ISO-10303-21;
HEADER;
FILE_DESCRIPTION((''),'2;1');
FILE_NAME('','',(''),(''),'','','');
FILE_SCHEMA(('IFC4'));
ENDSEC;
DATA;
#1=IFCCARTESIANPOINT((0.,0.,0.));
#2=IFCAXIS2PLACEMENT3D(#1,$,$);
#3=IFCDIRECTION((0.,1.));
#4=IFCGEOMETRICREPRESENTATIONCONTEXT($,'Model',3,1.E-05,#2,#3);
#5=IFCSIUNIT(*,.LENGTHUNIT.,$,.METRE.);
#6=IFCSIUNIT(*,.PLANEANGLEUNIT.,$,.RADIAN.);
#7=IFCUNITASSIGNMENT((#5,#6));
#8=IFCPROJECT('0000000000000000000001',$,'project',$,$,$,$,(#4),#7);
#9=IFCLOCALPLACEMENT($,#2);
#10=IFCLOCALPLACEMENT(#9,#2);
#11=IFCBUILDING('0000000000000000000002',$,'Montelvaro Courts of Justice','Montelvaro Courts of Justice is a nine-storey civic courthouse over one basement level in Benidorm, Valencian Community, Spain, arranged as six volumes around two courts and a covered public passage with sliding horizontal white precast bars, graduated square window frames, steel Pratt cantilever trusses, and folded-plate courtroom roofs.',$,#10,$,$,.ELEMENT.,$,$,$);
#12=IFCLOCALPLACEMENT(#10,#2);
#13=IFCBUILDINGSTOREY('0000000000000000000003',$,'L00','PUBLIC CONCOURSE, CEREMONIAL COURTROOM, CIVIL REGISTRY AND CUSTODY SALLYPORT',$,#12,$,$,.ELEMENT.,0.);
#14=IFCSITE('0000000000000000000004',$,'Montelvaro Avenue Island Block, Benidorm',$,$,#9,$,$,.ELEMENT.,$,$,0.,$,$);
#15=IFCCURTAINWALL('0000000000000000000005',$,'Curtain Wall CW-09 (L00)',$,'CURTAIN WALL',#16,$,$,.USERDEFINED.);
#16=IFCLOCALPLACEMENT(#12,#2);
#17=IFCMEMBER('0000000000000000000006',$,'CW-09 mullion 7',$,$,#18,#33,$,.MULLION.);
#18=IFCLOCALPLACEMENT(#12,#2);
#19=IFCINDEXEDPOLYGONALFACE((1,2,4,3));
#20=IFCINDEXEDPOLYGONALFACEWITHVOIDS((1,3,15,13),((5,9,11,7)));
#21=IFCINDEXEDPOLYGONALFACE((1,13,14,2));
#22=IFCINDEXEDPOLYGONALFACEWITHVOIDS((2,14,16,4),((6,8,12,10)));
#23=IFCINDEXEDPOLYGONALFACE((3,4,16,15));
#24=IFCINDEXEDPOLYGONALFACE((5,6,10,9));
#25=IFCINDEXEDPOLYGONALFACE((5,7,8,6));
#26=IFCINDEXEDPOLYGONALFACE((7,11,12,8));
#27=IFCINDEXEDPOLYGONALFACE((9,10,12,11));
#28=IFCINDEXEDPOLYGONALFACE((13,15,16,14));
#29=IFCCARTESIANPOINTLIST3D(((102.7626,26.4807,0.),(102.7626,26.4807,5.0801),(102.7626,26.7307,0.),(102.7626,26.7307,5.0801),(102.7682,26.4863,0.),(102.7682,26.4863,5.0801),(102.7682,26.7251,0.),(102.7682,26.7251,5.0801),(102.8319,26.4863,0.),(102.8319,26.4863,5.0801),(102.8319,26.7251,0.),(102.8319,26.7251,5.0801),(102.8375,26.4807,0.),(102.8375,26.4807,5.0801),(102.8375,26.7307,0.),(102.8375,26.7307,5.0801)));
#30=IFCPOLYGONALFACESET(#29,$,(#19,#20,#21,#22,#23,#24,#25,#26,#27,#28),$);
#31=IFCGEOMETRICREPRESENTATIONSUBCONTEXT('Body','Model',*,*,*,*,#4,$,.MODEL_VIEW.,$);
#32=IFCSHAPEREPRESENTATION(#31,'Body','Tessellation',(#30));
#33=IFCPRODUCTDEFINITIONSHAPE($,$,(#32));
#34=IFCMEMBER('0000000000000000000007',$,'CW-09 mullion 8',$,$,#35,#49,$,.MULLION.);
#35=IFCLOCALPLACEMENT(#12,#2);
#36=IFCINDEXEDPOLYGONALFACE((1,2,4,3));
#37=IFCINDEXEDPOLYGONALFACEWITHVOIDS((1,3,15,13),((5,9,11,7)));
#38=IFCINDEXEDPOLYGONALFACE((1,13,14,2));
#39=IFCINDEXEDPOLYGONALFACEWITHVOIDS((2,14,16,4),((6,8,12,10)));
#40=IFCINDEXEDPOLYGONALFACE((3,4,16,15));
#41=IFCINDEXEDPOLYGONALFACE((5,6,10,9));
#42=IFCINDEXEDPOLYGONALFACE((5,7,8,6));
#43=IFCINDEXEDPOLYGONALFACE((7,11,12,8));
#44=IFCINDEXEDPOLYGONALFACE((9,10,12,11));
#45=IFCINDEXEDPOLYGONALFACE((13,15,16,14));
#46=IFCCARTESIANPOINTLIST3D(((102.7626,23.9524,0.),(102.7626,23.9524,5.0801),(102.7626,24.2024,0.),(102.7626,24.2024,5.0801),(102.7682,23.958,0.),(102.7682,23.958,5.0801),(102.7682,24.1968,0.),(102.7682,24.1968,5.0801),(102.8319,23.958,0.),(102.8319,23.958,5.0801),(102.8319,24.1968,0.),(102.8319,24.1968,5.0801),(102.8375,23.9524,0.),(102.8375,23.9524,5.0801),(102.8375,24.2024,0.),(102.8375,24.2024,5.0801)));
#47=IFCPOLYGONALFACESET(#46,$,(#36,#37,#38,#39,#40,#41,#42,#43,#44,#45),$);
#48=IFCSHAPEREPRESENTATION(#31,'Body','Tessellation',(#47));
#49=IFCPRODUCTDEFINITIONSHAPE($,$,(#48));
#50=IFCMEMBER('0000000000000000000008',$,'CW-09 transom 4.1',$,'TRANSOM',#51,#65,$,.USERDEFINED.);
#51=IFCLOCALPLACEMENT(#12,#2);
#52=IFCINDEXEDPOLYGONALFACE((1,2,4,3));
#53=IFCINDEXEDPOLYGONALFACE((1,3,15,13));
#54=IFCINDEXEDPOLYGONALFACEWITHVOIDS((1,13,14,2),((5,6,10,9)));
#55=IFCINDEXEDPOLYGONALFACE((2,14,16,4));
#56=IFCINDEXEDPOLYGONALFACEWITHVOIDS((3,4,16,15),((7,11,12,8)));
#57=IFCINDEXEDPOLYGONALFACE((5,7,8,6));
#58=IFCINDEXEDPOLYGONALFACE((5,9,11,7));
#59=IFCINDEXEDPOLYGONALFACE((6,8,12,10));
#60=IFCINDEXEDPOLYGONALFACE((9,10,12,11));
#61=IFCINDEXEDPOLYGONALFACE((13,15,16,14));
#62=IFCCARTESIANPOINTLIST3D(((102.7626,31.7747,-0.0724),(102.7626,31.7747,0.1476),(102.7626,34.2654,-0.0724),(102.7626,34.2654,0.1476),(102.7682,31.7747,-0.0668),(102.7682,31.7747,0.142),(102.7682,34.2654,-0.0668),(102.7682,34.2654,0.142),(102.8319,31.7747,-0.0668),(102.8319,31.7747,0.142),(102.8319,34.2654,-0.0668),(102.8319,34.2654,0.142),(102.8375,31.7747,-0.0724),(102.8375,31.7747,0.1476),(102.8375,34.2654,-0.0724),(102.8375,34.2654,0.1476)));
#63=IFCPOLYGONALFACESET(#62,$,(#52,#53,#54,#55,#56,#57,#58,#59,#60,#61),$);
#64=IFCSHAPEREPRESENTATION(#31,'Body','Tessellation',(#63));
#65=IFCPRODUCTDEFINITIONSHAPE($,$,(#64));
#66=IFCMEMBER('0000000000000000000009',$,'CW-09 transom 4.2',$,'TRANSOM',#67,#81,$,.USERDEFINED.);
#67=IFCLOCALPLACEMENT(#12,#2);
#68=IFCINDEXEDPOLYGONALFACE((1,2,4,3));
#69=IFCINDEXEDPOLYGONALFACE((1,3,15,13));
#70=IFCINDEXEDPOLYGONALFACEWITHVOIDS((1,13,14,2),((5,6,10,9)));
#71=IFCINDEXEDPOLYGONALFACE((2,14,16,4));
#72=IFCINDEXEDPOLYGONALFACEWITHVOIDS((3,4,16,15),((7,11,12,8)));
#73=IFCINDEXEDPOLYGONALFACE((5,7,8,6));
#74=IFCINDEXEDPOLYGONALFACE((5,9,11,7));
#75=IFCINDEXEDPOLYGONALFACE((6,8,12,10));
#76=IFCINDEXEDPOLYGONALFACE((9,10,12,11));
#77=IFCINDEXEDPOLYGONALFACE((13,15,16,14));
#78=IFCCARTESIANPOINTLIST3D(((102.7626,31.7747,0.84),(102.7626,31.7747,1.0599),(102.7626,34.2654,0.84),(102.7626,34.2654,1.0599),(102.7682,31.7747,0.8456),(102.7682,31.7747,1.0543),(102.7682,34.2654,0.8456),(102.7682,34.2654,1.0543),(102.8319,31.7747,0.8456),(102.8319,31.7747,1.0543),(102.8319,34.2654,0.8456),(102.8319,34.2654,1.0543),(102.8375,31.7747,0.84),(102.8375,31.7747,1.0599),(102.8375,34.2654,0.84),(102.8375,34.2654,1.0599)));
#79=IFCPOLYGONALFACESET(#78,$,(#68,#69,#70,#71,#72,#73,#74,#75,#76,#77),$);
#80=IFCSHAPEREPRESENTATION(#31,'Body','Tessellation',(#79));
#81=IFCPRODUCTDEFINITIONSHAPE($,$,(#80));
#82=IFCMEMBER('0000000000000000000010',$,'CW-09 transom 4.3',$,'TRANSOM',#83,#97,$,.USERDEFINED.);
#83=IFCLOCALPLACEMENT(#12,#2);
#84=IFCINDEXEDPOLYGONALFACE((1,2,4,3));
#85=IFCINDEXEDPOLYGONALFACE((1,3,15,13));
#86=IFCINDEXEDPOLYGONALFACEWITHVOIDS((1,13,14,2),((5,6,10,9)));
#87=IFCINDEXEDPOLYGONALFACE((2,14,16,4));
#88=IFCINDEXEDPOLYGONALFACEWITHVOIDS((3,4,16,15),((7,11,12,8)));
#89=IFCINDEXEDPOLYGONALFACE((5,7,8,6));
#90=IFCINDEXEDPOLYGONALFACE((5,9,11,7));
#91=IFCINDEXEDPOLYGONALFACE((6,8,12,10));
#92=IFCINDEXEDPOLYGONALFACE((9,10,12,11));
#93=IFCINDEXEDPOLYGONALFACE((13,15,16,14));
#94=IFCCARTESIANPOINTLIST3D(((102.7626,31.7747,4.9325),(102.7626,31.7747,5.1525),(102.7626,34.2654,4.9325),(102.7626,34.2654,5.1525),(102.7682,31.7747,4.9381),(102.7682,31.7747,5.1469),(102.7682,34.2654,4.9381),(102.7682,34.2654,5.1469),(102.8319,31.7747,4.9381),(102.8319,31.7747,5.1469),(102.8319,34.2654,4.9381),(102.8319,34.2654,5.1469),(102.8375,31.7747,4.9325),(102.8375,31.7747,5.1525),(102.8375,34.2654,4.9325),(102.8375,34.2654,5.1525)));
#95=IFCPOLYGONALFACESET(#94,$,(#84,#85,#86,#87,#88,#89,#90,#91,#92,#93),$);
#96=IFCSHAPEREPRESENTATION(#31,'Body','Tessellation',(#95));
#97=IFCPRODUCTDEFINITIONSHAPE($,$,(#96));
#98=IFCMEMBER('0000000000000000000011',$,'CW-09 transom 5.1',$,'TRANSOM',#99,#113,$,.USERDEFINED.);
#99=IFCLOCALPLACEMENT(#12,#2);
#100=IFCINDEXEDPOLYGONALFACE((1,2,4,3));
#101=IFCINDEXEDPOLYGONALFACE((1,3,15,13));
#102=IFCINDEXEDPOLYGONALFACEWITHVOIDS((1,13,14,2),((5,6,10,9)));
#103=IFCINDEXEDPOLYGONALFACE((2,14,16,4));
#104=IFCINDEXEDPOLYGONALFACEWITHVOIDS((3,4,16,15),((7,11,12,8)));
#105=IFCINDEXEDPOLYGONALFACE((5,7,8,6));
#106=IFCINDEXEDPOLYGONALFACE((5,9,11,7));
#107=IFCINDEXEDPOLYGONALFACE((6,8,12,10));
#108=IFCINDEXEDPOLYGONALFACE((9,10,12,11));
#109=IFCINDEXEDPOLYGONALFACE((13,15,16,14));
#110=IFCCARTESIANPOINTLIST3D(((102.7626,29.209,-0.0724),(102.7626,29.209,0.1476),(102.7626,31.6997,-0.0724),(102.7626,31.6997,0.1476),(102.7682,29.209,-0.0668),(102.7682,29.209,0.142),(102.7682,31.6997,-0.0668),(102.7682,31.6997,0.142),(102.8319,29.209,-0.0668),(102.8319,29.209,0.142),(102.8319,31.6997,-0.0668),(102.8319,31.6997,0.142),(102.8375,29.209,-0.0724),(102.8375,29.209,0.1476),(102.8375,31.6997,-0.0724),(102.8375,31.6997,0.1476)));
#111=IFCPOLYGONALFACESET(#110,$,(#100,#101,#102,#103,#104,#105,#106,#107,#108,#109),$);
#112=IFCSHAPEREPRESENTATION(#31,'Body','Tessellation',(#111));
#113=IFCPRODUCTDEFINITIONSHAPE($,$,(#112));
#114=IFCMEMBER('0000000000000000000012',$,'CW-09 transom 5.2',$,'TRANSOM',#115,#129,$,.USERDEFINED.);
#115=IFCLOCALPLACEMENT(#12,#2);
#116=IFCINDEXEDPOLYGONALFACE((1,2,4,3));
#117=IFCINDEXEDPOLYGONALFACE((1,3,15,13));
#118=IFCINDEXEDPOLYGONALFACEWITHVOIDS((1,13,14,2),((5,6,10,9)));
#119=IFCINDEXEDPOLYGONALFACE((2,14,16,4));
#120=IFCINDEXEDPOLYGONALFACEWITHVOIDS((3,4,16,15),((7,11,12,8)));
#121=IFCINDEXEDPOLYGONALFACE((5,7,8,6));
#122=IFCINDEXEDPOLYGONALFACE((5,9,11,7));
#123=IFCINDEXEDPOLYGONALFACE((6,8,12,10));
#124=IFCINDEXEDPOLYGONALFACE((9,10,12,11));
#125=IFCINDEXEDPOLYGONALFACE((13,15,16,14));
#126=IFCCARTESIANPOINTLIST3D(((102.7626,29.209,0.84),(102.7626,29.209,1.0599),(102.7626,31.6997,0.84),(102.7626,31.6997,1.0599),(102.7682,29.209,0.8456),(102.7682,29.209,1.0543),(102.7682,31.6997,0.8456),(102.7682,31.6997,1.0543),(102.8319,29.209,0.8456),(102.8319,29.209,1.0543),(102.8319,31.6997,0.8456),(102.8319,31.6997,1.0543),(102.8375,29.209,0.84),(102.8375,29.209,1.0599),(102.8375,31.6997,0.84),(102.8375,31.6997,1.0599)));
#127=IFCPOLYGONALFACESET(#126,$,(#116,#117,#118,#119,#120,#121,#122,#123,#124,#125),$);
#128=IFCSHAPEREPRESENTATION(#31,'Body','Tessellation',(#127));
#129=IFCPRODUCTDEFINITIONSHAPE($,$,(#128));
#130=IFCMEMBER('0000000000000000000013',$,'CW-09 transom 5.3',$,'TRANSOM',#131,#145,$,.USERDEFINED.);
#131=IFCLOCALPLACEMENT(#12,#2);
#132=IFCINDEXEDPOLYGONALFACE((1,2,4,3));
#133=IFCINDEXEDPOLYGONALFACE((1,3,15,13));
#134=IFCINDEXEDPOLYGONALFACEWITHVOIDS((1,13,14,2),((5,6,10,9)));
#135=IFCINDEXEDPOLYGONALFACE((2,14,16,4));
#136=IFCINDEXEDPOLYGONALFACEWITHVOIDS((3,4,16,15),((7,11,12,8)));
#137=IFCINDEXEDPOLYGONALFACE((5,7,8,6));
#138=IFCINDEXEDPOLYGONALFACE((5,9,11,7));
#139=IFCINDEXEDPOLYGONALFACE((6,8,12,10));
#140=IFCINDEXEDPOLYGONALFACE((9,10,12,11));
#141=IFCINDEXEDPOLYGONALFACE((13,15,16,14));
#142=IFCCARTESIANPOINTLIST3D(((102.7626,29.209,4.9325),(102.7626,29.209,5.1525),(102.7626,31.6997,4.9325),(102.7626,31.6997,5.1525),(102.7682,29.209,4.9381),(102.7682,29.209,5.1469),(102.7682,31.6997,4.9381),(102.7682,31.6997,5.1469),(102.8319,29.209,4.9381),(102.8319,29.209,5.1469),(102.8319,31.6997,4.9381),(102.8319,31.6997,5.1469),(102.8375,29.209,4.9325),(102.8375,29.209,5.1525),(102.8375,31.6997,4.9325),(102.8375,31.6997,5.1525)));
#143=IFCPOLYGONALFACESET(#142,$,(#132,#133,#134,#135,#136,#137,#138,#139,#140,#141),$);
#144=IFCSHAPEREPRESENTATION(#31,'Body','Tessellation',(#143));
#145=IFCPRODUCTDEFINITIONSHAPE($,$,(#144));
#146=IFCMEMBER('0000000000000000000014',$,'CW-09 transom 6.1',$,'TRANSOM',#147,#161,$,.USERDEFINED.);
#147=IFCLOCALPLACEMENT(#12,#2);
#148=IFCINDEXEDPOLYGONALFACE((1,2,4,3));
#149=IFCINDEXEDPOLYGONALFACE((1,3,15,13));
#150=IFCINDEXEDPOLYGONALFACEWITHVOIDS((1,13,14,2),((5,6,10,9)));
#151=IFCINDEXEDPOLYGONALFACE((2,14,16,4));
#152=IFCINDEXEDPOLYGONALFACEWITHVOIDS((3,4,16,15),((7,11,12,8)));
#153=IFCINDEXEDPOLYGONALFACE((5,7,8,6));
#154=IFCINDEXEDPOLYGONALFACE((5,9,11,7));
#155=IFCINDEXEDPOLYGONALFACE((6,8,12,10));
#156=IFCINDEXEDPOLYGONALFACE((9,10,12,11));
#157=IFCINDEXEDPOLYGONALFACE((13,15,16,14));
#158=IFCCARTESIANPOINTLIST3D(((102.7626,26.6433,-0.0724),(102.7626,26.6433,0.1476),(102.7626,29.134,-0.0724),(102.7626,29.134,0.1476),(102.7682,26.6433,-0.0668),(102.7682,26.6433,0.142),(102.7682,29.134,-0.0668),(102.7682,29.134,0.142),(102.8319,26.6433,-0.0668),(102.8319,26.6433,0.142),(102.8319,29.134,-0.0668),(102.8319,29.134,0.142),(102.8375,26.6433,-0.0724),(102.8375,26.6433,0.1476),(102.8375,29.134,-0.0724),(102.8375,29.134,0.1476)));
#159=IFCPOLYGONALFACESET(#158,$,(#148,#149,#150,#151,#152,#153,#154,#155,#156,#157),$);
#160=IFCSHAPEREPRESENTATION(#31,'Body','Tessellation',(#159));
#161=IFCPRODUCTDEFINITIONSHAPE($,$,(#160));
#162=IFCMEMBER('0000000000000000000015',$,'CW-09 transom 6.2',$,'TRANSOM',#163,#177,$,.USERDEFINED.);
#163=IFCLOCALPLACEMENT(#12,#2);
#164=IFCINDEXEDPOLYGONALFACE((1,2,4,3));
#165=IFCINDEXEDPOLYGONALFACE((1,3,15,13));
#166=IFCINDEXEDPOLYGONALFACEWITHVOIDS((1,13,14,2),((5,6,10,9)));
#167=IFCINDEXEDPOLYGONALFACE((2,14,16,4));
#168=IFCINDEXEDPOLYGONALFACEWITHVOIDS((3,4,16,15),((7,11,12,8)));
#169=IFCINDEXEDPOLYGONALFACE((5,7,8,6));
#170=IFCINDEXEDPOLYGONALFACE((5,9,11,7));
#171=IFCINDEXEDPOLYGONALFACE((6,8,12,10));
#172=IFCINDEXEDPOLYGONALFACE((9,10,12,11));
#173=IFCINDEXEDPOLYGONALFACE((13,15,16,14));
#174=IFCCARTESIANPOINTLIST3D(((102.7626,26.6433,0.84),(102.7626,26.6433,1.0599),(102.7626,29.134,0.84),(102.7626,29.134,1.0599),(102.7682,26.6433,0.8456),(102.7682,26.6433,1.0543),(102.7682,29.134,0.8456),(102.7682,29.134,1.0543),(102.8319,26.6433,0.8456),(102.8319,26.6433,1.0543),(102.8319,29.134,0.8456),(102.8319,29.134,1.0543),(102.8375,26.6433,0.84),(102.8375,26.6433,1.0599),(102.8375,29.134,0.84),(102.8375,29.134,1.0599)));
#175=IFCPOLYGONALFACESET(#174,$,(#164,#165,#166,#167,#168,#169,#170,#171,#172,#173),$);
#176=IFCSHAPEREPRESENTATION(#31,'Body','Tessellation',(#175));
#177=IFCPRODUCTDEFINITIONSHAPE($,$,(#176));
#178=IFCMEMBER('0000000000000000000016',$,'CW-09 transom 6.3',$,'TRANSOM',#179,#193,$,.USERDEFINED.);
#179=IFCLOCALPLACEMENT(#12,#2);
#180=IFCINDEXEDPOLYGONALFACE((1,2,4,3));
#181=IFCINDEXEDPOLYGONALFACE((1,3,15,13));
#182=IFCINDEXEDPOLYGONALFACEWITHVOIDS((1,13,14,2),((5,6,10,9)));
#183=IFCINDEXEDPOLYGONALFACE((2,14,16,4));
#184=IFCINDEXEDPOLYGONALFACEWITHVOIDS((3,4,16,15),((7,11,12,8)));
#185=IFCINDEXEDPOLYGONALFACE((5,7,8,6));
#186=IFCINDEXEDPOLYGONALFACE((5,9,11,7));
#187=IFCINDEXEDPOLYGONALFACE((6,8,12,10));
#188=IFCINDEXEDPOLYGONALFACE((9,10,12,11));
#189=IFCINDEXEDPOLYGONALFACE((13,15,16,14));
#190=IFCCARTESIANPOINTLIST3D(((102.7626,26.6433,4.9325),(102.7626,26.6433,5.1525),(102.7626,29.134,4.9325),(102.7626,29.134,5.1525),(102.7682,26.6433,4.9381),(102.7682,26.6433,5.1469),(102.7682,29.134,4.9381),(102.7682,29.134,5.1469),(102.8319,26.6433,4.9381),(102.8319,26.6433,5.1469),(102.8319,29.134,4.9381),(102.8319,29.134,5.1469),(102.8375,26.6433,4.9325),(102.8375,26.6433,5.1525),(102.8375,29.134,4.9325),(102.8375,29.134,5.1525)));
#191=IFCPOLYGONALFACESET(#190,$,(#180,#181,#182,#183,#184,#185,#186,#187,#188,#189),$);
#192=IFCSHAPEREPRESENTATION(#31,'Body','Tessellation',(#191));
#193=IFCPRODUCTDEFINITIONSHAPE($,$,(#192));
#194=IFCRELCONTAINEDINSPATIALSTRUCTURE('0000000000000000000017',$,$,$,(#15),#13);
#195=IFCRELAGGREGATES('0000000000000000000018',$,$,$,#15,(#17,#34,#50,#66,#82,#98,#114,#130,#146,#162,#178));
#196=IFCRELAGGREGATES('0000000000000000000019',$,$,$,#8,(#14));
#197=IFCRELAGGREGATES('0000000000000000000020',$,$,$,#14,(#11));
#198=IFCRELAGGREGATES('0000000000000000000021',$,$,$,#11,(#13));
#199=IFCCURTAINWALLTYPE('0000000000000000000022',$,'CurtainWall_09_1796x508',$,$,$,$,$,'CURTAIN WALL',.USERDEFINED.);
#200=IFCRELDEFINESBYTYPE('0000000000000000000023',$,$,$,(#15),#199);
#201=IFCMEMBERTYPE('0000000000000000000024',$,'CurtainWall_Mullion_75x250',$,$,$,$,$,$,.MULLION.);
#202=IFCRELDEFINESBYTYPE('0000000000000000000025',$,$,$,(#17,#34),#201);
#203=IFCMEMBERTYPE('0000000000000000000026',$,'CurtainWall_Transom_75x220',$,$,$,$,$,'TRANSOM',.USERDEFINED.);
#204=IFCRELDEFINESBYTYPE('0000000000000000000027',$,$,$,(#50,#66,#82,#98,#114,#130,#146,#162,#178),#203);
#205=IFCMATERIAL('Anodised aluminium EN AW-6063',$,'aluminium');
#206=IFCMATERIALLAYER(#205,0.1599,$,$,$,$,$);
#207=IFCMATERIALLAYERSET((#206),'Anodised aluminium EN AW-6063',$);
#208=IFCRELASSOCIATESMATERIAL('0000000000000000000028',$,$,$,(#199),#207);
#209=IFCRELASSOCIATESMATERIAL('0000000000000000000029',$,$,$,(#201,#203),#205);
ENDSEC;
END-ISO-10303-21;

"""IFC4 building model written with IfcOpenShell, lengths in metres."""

from ifc_helpers import new_model, si_unit, direction, frame, origin, origin_2d, place, context, subcontext, project, spatial, hollow_rectangle, extrude, material, layer, layer_set, material_profile, profile_set, type_object, element, aggregate, save


model = new_model("IFC4")

# Units and contexts
model_context = context("Model", 3, precision=1e-05, world=origin(), true_north=direction((0.0, 1.0)))
body_context = subcontext(model_context, "Body", "Model", "MODEL_VIEW")
ifc_project = project(units=[si_unit("LENGTHUNIT", "METRE"), si_unit("PLANEANGLEUNIT", "RADIAN")], contexts=[model_context])

# Site, building, storey
site_placement = place(None, origin())
site = spatial("IfcSite", under=ifc_project, at=site_placement, Name="Montelvaro Avenue Island Block, Benidorm", CompositionType="ELEMENT", RefElevation=0.0)
building_placement = place(site_placement, origin())
building = spatial("IfcBuilding", under=site, at=building_placement, Name="Montelvaro Courts of Justice", Description="Montelvaro Courts of Justice is a nine-storey civic courthouse over one basement level in Benidorm, Valencian Community, Spain, arranged as six volumes around two courts and a covered public passage with sliding horizontal white precast bars, graduated square window frames, steel Pratt cantilever trusses, and folded-plate courtroom roofs.", CompositionType="ELEMENT")
storey_placement = place(building_placement, origin())
storey = spatial("IfcBuildingStorey", under=building, at=storey_placement, Name="L00", Description="PUBLIC CONCOURSE, CEREMONIAL COURTROOM, CIVIL REGISTRY AND CUSTODY SALLYPORT", CompositionType="ELEMENT", Elevation=0.0)

# Curtain wall, members
ifc_material_1 = material(Name="Anodised aluminium EN AW-6063", Category="aluminium")
ifc_layer_1 = layer(ifc_material_1, 0.1599)
ifc_layer_set_1 = layer_set([ifc_layer_1], Name="Anodised aluminium EN AW-6063")
curtain_wall_type = type_object("IfcCurtainWallType", Name="CurtainWall_09_1796x508", ElementType="CURTAIN WALL", PredefinedType="USERDEFINED", material=ifc_layer_set_1)
curtain_wall_placement = place(storey_placement, origin())
curtain_wall = element("IfcCurtainWall", 1, at=curtain_wall_placement, inside=storey, type_object=curtain_wall_type, Name="Curtain Wall CW-09 (L00)", ObjectType="CURTAIN WALL", PredefinedType="USERDEFINED")
ifc_material_profile_1 = material_profile(ifc_material_1, hollow_rectangle(XDim=0.075, YDim=0.25, WallThickness=0.0056, at=origin_2d()), Name="ALU-M 75x250")
ifc_profile_set_1 = profile_set([ifc_material_profile_1], Name="Anodised aluminium EN AW-6063")
member_type_1 = type_object("IfcMemberType", Name="CurtainWall_Mullion_75x250", PredefinedType="MULLION", material=ifc_profile_set_1)
member_1_placement = place(storey_placement, frame((102.8, 26.6057, 0.0), z_axis=(0.0, 0.0, 1.0), x_axis=(1.0, 0.0, 0.0)))
member_1 = element("IfcMember", 2, at=member_1_placement, type_object=member_type_1, Name="CW-09 mullion 7", PredefinedType="MULLION", context=body_context, shape_type="SweptSolid", body=[
    extrude(hollow_rectangle(XDim=0.075, YDim=0.25, WallThickness=0.0056, at=origin_2d()), origin(), (0.0, 0.0, 1.0), 5.0801),
])
member_2_placement = place(storey_placement, frame((102.8, 24.0774, 0.0), z_axis=(0.0, 0.0, 1.0), x_axis=(1.0, 0.0, 0.0)))
member_2 = element("IfcMember", 3, at=member_2_placement, type_object=member_type_1, Name="CW-09 mullion 8", PredefinedType="MULLION", context=body_context, shape_type="SweptSolid", body=[
    extrude(hollow_rectangle(XDim=0.075, YDim=0.25, WallThickness=0.0056, at=origin_2d()), origin(), (0.0, 0.0, 1.0), 5.0801),
])
ifc_material_profile_2 = material_profile(ifc_material_1, hollow_rectangle(XDim=0.075, YDim=0.22, WallThickness=0.0056, at=origin_2d()), Name="ALU-T 75x220")
ifc_profile_set_2 = profile_set([ifc_material_profile_2], Name="Anodised aluminium EN AW-6063")
member_type_2 = type_object("IfcMemberType", Name="CurtainWall_Transom_75x220", ElementType="TRANSOM", PredefinedType="USERDEFINED", material=ifc_profile_set_2)
member_3_placement = place(storey_placement, frame((102.8, 34.2654, 0.0376), z_axis=(0.0, -1.0, 0.0), x_axis=(1.0, 0.0, 0.0)))
member_3 = element("IfcMember", 4, at=member_3_placement, type_object=member_type_2, Name="CW-09 transom 4.1", ObjectType="TRANSOM", PredefinedType="USERDEFINED", context=body_context, shape_type="SweptSolid", body=[
    extrude(hollow_rectangle(XDim=0.075, YDim=0.22, WallThickness=0.0056, at=origin_2d()), origin(), (0.0, 0.0, 1.0), 2.4907),
])
member_4_placement = place(storey_placement, frame((102.8, 34.2654, 0.95), z_axis=(0.0, -1.0, 0.0), x_axis=(1.0, 0.0, 0.0)))
member_4 = element("IfcMember", 5, at=member_4_placement, type_object=member_type_2, Name="CW-09 transom 4.2", ObjectType="TRANSOM", PredefinedType="USERDEFINED", context=body_context, shape_type="SweptSolid", body=[
    extrude(hollow_rectangle(XDim=0.075, YDim=0.22, WallThickness=0.0056, at=origin_2d()), origin(), (0.0, 0.0, 1.0), 2.4907),
])
member_5_placement = place(storey_placement, frame((102.8, 34.2654, 5.0425), z_axis=(0.0, -1.0, 0.0), x_axis=(1.0, 0.0, 0.0)))
member_5 = element("IfcMember", 6, at=member_5_placement, type_object=member_type_2, Name="CW-09 transom 4.3", ObjectType="TRANSOM", PredefinedType="USERDEFINED", context=body_context, shape_type="SweptSolid", body=[
    extrude(hollow_rectangle(XDim=0.075, YDim=0.22, WallThickness=0.0056, at=origin_2d()), origin(), (0.0, 0.0, 1.0), 2.4907),
])
member_6_placement = place(storey_placement, frame((102.8, 31.6997, 0.0376), z_axis=(0.0, -1.0, 0.0), x_axis=(1.0, 0.0, 0.0)))
member_6 = element("IfcMember", 7, at=member_6_placement, type_object=member_type_2, Name="CW-09 transom 5.1", ObjectType="TRANSOM", PredefinedType="USERDEFINED", context=body_context, shape_type="SweptSolid", body=[
    extrude(hollow_rectangle(XDim=0.075, YDim=0.22, WallThickness=0.0056, at=origin_2d()), origin(), (0.0, 0.0, 1.0), 2.4907),
])
member_7_placement = place(storey_placement, frame((102.8, 31.6997, 0.95), z_axis=(0.0, -1.0, 0.0), x_axis=(1.0, 0.0, 0.0)))
member_7 = element("IfcMember", 8, at=member_7_placement, type_object=member_type_2, Name="CW-09 transom 5.2", ObjectType="TRANSOM", PredefinedType="USERDEFINED", context=body_context, shape_type="SweptSolid", body=[
    extrude(hollow_rectangle(XDim=0.075, YDim=0.22, WallThickness=0.0056, at=origin_2d()), origin(), (0.0, 0.0, 1.0), 2.4907),
])
member_8_placement = place(storey_placement, frame((102.8, 31.6997, 5.0425), z_axis=(0.0, -1.0, 0.0), x_axis=(1.0, 0.0, 0.0)))
member_8 = element("IfcMember", 9, at=member_8_placement, type_object=member_type_2, Name="CW-09 transom 5.3", ObjectType="TRANSOM", PredefinedType="USERDEFINED", context=body_context, shape_type="SweptSolid", body=[
    extrude(hollow_rectangle(XDim=0.075, YDim=0.22, WallThickness=0.0056, at=origin_2d()), origin(), (0.0, 0.0, 1.0), 2.4907),
])
member_9_placement = place(storey_placement, frame((102.8, 29.134, 0.0376), z_axis=(0.0, -1.0, 0.0), x_axis=(1.0, 0.0, 0.0)))
member_9 = element("IfcMember", 10, at=member_9_placement, type_object=member_type_2, Name="CW-09 transom 6.1", ObjectType="TRANSOM", PredefinedType="USERDEFINED", context=body_context, shape_type="SweptSolid", body=[
    extrude(hollow_rectangle(XDim=0.075, YDim=0.22, WallThickness=0.0056, at=origin_2d()), origin(), (0.0, 0.0, 1.0), 2.4907),
])
member_10_placement = place(storey_placement, frame((102.8, 29.134, 0.95), z_axis=(0.0, -1.0, 0.0), x_axis=(1.0, 0.0, 0.0)))
member_10 = element("IfcMember", 11, at=member_10_placement, type_object=member_type_2, Name="CW-09 transom 6.2", ObjectType="TRANSOM", PredefinedType="USERDEFINED", context=body_context, shape_type="SweptSolid", body=[
    extrude(hollow_rectangle(XDim=0.075, YDim=0.22, WallThickness=0.0056, at=origin_2d()), origin(), (0.0, 0.0, 1.0), 2.4907),
])
member_11_placement = place(storey_placement, frame((102.8, 29.134, 5.0425), z_axis=(0.0, -1.0, 0.0), x_axis=(1.0, 0.0, 0.0)))
member_11 = element("IfcMember", 12, at=member_11_placement, type_object=member_type_2, Name="CW-09 transom 6.3", ObjectType="TRANSOM", PredefinedType="USERDEFINED", context=body_context, shape_type="SweptSolid", body=[
    extrude(hollow_rectangle(XDim=0.075, YDim=0.22, WallThickness=0.0056, at=origin_2d()), origin(), (0.0, 0.0, 1.0), 2.4907),
])
aggregate(curtain_wall, [member_1, member_2, member_3, member_4, member_5, member_6, member_7, member_8, member_9, member_10, member_11])

save(model, "model.ifc")
